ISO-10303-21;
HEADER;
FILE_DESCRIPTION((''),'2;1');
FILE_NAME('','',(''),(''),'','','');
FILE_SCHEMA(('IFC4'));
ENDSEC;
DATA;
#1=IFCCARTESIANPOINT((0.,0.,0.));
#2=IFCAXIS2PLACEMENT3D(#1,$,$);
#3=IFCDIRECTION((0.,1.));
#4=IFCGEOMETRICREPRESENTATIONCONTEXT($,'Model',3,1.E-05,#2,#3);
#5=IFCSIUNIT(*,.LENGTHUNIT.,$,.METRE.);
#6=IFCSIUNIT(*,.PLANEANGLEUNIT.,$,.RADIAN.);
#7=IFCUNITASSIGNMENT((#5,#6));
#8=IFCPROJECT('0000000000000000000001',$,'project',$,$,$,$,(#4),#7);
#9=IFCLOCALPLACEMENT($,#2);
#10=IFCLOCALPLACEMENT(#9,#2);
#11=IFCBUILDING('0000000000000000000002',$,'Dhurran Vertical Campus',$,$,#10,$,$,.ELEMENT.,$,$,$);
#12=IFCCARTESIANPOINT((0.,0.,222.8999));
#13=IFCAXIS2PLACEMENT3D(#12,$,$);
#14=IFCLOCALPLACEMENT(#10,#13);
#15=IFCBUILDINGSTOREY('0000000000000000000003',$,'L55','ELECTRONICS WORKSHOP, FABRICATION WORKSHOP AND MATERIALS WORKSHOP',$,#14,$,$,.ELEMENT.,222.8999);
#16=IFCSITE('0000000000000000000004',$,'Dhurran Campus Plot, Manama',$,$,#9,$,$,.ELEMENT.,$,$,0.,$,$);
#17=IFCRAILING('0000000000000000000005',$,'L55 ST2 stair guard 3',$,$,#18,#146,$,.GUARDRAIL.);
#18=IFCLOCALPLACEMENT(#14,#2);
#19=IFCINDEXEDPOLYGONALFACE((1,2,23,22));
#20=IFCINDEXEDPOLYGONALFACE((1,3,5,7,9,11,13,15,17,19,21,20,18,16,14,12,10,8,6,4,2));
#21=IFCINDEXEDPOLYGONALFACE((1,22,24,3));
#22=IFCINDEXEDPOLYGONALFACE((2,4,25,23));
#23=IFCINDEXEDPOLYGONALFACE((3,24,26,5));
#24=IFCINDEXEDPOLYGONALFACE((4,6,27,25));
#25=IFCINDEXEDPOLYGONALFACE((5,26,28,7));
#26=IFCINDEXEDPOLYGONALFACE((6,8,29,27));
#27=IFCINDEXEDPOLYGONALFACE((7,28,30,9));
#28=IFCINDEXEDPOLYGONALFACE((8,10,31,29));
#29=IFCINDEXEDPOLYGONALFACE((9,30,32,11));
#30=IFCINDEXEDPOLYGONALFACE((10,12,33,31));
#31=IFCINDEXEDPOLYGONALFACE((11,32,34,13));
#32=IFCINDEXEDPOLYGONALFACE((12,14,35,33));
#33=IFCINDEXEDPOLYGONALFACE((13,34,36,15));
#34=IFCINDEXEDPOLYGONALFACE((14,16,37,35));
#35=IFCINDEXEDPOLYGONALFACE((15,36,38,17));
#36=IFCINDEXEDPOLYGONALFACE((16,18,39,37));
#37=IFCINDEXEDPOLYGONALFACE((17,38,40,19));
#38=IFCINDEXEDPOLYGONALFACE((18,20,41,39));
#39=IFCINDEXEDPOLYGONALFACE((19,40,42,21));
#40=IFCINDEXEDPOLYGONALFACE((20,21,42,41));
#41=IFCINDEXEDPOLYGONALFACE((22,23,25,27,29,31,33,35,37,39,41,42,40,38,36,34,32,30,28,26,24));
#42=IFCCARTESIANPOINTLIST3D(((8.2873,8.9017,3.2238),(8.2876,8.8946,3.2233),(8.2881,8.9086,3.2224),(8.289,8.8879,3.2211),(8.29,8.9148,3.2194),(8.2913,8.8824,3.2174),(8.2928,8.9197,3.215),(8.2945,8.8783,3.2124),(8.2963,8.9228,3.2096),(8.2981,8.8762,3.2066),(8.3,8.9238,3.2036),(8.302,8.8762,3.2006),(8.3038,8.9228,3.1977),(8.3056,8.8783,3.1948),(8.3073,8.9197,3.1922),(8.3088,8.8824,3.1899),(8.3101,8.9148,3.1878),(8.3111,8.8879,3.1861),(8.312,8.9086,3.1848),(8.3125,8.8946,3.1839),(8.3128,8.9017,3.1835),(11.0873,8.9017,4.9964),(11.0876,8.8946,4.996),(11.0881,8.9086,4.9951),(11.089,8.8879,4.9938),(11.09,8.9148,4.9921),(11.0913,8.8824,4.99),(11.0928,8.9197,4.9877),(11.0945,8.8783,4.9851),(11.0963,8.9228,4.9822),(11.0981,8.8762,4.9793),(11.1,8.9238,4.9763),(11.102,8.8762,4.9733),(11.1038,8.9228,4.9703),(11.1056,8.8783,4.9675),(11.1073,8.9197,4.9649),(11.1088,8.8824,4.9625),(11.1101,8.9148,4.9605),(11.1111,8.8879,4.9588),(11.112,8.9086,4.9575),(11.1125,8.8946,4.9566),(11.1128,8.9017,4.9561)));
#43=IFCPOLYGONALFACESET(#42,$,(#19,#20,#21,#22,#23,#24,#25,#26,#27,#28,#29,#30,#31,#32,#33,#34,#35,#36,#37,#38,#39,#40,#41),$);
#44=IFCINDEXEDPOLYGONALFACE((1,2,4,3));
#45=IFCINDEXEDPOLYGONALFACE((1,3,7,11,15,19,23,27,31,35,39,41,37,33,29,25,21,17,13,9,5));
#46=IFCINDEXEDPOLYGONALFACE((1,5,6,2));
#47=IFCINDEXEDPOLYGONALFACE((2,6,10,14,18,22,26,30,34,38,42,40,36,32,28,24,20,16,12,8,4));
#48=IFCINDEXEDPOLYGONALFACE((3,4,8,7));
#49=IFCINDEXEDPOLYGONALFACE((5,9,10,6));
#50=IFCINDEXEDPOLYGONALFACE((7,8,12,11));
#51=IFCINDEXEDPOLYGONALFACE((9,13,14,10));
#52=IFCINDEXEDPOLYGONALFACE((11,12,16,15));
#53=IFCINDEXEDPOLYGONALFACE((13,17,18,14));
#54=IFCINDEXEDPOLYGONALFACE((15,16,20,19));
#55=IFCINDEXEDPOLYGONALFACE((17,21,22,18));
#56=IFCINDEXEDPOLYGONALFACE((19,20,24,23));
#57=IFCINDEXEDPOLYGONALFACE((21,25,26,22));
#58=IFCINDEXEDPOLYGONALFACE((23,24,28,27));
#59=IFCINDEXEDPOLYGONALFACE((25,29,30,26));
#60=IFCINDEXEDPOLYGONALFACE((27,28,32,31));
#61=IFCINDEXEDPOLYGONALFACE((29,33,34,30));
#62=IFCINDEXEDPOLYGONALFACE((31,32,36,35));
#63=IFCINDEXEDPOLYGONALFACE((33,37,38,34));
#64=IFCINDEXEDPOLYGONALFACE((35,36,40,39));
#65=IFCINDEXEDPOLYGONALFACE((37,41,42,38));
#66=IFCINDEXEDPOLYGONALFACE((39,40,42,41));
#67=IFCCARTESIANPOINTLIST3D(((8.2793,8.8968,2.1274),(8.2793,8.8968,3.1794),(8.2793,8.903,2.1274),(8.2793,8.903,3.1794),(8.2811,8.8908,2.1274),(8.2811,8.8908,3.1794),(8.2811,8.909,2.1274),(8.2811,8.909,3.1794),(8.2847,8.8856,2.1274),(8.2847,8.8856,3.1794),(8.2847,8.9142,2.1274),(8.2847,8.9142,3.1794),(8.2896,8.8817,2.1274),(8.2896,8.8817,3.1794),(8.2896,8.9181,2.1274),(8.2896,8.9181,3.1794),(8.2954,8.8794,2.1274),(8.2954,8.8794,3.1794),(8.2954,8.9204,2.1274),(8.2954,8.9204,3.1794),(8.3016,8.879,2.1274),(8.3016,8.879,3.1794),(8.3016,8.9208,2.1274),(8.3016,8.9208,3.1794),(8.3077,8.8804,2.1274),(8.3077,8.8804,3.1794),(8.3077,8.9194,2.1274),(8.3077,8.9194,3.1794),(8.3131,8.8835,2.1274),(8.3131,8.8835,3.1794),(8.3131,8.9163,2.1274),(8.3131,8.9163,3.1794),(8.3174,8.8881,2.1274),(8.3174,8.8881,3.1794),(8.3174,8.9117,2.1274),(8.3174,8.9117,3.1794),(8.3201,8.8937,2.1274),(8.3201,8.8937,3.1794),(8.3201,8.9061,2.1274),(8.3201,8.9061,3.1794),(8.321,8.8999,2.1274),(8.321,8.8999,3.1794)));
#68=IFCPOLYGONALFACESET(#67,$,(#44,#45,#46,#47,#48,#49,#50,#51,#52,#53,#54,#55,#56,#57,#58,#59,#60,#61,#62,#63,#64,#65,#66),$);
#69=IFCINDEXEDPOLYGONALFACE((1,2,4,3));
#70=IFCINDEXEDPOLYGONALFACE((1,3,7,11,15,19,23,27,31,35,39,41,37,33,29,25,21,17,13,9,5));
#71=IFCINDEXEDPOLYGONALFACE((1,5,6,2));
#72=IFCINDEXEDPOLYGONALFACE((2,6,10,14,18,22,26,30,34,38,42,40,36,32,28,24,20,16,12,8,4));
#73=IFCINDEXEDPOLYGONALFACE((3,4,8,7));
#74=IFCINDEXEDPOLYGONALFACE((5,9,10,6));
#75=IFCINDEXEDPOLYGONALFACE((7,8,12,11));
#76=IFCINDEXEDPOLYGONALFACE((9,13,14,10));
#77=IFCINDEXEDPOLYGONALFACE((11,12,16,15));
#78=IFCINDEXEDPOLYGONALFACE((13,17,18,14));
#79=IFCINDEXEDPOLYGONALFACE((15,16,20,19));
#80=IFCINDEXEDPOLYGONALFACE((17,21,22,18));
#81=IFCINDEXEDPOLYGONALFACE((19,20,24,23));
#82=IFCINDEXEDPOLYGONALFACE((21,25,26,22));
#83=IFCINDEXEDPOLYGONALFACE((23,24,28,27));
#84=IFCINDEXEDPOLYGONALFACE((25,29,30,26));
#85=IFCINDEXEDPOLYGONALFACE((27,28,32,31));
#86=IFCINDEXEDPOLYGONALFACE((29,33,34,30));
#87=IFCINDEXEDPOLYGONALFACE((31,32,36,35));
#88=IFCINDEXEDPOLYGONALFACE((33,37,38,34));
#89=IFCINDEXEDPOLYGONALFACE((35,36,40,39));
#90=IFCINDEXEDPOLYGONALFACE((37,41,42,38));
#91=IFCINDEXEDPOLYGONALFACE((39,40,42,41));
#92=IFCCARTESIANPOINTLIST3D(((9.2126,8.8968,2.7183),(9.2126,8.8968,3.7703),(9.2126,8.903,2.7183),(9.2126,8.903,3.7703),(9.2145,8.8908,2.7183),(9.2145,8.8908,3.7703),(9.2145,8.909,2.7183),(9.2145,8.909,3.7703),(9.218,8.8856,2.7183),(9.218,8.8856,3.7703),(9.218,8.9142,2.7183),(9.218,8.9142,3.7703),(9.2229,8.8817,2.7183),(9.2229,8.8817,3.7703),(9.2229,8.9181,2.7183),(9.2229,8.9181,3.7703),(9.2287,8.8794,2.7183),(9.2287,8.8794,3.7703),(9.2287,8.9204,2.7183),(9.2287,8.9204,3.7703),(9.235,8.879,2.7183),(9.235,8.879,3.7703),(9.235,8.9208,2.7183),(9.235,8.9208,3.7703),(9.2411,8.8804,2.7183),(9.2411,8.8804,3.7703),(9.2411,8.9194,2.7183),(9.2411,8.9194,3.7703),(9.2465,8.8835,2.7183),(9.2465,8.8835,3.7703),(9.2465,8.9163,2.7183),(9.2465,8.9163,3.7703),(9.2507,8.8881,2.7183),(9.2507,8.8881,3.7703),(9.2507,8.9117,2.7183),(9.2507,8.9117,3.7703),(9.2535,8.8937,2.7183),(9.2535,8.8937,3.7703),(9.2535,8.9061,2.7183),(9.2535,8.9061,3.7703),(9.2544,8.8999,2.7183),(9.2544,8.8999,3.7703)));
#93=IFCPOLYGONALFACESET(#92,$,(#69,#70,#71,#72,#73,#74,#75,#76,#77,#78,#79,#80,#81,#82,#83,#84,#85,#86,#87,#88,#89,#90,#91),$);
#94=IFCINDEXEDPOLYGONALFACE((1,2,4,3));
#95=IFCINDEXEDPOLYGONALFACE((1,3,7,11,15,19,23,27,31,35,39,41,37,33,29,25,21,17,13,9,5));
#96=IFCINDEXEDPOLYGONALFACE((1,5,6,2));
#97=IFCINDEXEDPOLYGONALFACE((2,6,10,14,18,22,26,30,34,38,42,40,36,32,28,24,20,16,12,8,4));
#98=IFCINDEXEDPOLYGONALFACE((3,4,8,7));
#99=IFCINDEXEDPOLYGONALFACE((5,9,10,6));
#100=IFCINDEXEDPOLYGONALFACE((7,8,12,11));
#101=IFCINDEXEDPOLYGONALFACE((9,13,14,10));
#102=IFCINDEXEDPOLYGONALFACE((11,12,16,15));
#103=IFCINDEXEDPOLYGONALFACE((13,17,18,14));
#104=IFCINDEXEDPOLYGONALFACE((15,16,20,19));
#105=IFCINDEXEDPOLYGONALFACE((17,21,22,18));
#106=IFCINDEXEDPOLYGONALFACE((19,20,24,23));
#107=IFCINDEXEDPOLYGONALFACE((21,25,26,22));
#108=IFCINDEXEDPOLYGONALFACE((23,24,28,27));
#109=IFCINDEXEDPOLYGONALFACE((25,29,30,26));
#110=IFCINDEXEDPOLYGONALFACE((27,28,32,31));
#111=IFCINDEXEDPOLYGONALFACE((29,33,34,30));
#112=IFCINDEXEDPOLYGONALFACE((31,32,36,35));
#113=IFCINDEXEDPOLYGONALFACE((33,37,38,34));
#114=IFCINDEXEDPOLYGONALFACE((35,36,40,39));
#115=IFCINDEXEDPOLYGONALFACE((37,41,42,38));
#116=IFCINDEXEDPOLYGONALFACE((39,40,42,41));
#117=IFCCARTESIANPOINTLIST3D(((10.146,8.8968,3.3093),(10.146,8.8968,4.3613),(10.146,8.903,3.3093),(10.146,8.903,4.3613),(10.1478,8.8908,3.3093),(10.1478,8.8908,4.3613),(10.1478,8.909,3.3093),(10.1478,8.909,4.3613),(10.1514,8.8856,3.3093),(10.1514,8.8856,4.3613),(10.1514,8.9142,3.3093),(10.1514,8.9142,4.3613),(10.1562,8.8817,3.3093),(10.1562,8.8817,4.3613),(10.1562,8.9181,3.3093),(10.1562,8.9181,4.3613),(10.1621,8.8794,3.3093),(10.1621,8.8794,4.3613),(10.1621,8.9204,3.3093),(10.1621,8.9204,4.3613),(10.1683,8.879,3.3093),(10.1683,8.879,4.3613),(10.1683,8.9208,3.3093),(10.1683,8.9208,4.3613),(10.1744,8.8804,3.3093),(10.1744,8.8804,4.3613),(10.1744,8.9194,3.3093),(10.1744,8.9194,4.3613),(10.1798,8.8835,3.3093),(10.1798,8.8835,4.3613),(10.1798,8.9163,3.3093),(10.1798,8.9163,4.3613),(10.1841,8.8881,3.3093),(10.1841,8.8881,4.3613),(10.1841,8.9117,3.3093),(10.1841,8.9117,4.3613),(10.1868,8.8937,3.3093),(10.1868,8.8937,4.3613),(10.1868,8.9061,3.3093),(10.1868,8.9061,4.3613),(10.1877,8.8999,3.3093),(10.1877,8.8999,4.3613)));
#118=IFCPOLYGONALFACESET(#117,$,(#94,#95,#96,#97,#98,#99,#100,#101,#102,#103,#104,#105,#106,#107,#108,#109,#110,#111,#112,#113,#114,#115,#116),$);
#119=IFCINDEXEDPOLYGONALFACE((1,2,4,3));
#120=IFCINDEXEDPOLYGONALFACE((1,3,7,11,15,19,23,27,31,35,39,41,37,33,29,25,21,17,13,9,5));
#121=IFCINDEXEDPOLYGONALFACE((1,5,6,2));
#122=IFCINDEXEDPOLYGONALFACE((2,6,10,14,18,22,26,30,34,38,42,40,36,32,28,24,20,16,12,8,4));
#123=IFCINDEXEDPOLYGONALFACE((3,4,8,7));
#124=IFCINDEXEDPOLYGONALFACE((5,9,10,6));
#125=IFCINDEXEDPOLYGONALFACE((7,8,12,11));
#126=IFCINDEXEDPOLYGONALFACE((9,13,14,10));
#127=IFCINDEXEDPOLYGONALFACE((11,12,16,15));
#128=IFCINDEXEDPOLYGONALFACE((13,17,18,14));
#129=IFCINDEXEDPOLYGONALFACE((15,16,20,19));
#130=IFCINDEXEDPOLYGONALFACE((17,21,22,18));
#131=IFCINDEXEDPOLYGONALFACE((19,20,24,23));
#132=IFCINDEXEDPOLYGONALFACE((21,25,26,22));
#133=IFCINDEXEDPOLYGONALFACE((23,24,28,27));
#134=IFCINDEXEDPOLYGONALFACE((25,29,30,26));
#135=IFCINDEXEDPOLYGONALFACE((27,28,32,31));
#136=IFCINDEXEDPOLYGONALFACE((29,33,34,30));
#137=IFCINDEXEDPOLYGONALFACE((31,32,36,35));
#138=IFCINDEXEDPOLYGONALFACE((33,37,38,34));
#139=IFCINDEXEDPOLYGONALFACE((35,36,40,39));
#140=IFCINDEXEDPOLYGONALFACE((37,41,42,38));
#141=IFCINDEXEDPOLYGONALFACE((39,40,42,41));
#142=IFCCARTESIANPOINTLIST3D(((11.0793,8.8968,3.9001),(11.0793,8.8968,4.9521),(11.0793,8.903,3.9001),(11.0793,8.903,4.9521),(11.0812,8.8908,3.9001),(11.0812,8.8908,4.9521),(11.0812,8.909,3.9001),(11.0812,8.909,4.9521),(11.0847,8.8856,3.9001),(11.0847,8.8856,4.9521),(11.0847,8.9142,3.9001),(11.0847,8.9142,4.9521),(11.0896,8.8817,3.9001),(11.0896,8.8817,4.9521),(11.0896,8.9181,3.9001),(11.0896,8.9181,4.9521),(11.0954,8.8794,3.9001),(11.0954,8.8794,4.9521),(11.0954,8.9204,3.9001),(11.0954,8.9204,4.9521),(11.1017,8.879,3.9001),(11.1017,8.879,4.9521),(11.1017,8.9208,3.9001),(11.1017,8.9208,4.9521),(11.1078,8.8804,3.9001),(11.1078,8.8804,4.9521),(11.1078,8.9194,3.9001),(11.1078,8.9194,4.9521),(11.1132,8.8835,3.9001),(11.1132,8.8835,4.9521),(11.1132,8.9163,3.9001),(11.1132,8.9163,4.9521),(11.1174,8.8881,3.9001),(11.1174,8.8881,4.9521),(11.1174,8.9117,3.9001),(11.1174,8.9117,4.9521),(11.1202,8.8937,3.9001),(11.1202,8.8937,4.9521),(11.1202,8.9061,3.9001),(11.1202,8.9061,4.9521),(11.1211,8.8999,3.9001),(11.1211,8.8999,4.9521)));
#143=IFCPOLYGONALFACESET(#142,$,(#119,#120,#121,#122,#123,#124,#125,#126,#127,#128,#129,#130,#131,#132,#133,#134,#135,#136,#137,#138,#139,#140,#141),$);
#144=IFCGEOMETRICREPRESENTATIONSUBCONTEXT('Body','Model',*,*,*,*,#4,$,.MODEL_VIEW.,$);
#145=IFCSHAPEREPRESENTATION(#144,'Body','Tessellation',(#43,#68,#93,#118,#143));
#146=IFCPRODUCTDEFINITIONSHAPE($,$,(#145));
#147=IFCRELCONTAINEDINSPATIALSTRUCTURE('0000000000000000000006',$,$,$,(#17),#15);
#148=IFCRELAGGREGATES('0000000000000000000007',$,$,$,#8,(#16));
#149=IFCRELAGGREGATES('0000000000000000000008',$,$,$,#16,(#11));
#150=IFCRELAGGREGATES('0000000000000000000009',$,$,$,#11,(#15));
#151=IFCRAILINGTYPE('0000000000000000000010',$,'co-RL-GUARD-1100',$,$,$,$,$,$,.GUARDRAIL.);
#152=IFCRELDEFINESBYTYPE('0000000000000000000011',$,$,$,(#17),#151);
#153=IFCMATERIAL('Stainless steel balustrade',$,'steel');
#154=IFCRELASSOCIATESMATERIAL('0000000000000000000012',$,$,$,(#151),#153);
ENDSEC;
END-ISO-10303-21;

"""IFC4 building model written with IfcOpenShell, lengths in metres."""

from ifc_helpers import new_model, si_unit, direction, frame, origin, origin_2d, place, context, subcontext, project, spatial, circle, extrude, material, type_object, element, save


model = new_model("IFC4")

# Units and contexts
model_context = context("Model", 3, precision=1e-05, world=origin(), true_north=direction((0.0, 1.0)))
body_context = subcontext(model_context, "Body", "Model", "MODEL_VIEW")
ifc_project = project(units=[si_unit("LENGTHUNIT", "METRE"), si_unit("PLANEANGLEUNIT", "RADIAN")], contexts=[model_context])

# Site, building, storey
site_placement = place(None, origin())
site = spatial("IfcSite", under=ifc_project, at=site_placement, Name="Dhurran Campus Plot, Manama", CompositionType="ELEMENT", RefElevation=0.0)
building_placement = place(site_placement, origin())
building = spatial("IfcBuilding", under=site, at=building_placement, Name="Dhurran Vertical Campus", CompositionType="ELEMENT")
storey_placement = place(building_placement, frame((0.0, 0.0, 222.8999)))
storey = spatial("IfcBuildingStorey", under=building, at=storey_placement, Name="L55", Description="ELECTRONICS WORKSHOP, FABRICATION WORKSHOP AND MATERIALS WORKSHOP", CompositionType="ELEMENT", Elevation=222.8999)

# Railing
ifc_material_1 = material(Name="Stainless steel balustrade", Category="steel")
railing_type_1 = type_object("IfcRailingType", Name="co-RL-GUARD-1100", PredefinedType="GUARDRAIL", material=ifc_material_1)
railing_1_placement = place(storey_placement, frame((8.3, 8.8999, 2.1274)))
element("IfcRailing", 1, at=railing_1_placement, inside=storey, type_object=railing_type_1, Name="L55 ST2 stair guard 3", PredefinedType="GUARDRAIL", context=body_context, shape_type="SweptSolid", body=[
    extrude(circle(Radius=0.0239, at=origin_2d()), frame((0.0, 0.0, 1.0762), z_axis=(0.844909, 0.0, 0.53491), x_axis=(0.0, 1.0, 0.0)), (0.0, 0.0, 1.0), 3.314),
    extrude(circle(Radius=0.021, at=origin_2d()), origin(), (0.0, 0.0, 1.0), 1.052),
    extrude(circle(Radius=0.021, at=origin_2d()), frame((0.9333, 0.0, 0.5908)), (0.0, 0.0, 1.0), 1.052),
    extrude(circle(Radius=0.021, at=origin_2d()), frame((1.8667, 0.0, 1.1819)), (0.0, 0.0, 1.0), 1.052),
    extrude(circle(Radius=0.021, at=origin_2d()), frame((2.8, 0.0, 1.7727)), (0.0, 0.0, 1.0), 1.052),
])

save(model, "model.ifc")
